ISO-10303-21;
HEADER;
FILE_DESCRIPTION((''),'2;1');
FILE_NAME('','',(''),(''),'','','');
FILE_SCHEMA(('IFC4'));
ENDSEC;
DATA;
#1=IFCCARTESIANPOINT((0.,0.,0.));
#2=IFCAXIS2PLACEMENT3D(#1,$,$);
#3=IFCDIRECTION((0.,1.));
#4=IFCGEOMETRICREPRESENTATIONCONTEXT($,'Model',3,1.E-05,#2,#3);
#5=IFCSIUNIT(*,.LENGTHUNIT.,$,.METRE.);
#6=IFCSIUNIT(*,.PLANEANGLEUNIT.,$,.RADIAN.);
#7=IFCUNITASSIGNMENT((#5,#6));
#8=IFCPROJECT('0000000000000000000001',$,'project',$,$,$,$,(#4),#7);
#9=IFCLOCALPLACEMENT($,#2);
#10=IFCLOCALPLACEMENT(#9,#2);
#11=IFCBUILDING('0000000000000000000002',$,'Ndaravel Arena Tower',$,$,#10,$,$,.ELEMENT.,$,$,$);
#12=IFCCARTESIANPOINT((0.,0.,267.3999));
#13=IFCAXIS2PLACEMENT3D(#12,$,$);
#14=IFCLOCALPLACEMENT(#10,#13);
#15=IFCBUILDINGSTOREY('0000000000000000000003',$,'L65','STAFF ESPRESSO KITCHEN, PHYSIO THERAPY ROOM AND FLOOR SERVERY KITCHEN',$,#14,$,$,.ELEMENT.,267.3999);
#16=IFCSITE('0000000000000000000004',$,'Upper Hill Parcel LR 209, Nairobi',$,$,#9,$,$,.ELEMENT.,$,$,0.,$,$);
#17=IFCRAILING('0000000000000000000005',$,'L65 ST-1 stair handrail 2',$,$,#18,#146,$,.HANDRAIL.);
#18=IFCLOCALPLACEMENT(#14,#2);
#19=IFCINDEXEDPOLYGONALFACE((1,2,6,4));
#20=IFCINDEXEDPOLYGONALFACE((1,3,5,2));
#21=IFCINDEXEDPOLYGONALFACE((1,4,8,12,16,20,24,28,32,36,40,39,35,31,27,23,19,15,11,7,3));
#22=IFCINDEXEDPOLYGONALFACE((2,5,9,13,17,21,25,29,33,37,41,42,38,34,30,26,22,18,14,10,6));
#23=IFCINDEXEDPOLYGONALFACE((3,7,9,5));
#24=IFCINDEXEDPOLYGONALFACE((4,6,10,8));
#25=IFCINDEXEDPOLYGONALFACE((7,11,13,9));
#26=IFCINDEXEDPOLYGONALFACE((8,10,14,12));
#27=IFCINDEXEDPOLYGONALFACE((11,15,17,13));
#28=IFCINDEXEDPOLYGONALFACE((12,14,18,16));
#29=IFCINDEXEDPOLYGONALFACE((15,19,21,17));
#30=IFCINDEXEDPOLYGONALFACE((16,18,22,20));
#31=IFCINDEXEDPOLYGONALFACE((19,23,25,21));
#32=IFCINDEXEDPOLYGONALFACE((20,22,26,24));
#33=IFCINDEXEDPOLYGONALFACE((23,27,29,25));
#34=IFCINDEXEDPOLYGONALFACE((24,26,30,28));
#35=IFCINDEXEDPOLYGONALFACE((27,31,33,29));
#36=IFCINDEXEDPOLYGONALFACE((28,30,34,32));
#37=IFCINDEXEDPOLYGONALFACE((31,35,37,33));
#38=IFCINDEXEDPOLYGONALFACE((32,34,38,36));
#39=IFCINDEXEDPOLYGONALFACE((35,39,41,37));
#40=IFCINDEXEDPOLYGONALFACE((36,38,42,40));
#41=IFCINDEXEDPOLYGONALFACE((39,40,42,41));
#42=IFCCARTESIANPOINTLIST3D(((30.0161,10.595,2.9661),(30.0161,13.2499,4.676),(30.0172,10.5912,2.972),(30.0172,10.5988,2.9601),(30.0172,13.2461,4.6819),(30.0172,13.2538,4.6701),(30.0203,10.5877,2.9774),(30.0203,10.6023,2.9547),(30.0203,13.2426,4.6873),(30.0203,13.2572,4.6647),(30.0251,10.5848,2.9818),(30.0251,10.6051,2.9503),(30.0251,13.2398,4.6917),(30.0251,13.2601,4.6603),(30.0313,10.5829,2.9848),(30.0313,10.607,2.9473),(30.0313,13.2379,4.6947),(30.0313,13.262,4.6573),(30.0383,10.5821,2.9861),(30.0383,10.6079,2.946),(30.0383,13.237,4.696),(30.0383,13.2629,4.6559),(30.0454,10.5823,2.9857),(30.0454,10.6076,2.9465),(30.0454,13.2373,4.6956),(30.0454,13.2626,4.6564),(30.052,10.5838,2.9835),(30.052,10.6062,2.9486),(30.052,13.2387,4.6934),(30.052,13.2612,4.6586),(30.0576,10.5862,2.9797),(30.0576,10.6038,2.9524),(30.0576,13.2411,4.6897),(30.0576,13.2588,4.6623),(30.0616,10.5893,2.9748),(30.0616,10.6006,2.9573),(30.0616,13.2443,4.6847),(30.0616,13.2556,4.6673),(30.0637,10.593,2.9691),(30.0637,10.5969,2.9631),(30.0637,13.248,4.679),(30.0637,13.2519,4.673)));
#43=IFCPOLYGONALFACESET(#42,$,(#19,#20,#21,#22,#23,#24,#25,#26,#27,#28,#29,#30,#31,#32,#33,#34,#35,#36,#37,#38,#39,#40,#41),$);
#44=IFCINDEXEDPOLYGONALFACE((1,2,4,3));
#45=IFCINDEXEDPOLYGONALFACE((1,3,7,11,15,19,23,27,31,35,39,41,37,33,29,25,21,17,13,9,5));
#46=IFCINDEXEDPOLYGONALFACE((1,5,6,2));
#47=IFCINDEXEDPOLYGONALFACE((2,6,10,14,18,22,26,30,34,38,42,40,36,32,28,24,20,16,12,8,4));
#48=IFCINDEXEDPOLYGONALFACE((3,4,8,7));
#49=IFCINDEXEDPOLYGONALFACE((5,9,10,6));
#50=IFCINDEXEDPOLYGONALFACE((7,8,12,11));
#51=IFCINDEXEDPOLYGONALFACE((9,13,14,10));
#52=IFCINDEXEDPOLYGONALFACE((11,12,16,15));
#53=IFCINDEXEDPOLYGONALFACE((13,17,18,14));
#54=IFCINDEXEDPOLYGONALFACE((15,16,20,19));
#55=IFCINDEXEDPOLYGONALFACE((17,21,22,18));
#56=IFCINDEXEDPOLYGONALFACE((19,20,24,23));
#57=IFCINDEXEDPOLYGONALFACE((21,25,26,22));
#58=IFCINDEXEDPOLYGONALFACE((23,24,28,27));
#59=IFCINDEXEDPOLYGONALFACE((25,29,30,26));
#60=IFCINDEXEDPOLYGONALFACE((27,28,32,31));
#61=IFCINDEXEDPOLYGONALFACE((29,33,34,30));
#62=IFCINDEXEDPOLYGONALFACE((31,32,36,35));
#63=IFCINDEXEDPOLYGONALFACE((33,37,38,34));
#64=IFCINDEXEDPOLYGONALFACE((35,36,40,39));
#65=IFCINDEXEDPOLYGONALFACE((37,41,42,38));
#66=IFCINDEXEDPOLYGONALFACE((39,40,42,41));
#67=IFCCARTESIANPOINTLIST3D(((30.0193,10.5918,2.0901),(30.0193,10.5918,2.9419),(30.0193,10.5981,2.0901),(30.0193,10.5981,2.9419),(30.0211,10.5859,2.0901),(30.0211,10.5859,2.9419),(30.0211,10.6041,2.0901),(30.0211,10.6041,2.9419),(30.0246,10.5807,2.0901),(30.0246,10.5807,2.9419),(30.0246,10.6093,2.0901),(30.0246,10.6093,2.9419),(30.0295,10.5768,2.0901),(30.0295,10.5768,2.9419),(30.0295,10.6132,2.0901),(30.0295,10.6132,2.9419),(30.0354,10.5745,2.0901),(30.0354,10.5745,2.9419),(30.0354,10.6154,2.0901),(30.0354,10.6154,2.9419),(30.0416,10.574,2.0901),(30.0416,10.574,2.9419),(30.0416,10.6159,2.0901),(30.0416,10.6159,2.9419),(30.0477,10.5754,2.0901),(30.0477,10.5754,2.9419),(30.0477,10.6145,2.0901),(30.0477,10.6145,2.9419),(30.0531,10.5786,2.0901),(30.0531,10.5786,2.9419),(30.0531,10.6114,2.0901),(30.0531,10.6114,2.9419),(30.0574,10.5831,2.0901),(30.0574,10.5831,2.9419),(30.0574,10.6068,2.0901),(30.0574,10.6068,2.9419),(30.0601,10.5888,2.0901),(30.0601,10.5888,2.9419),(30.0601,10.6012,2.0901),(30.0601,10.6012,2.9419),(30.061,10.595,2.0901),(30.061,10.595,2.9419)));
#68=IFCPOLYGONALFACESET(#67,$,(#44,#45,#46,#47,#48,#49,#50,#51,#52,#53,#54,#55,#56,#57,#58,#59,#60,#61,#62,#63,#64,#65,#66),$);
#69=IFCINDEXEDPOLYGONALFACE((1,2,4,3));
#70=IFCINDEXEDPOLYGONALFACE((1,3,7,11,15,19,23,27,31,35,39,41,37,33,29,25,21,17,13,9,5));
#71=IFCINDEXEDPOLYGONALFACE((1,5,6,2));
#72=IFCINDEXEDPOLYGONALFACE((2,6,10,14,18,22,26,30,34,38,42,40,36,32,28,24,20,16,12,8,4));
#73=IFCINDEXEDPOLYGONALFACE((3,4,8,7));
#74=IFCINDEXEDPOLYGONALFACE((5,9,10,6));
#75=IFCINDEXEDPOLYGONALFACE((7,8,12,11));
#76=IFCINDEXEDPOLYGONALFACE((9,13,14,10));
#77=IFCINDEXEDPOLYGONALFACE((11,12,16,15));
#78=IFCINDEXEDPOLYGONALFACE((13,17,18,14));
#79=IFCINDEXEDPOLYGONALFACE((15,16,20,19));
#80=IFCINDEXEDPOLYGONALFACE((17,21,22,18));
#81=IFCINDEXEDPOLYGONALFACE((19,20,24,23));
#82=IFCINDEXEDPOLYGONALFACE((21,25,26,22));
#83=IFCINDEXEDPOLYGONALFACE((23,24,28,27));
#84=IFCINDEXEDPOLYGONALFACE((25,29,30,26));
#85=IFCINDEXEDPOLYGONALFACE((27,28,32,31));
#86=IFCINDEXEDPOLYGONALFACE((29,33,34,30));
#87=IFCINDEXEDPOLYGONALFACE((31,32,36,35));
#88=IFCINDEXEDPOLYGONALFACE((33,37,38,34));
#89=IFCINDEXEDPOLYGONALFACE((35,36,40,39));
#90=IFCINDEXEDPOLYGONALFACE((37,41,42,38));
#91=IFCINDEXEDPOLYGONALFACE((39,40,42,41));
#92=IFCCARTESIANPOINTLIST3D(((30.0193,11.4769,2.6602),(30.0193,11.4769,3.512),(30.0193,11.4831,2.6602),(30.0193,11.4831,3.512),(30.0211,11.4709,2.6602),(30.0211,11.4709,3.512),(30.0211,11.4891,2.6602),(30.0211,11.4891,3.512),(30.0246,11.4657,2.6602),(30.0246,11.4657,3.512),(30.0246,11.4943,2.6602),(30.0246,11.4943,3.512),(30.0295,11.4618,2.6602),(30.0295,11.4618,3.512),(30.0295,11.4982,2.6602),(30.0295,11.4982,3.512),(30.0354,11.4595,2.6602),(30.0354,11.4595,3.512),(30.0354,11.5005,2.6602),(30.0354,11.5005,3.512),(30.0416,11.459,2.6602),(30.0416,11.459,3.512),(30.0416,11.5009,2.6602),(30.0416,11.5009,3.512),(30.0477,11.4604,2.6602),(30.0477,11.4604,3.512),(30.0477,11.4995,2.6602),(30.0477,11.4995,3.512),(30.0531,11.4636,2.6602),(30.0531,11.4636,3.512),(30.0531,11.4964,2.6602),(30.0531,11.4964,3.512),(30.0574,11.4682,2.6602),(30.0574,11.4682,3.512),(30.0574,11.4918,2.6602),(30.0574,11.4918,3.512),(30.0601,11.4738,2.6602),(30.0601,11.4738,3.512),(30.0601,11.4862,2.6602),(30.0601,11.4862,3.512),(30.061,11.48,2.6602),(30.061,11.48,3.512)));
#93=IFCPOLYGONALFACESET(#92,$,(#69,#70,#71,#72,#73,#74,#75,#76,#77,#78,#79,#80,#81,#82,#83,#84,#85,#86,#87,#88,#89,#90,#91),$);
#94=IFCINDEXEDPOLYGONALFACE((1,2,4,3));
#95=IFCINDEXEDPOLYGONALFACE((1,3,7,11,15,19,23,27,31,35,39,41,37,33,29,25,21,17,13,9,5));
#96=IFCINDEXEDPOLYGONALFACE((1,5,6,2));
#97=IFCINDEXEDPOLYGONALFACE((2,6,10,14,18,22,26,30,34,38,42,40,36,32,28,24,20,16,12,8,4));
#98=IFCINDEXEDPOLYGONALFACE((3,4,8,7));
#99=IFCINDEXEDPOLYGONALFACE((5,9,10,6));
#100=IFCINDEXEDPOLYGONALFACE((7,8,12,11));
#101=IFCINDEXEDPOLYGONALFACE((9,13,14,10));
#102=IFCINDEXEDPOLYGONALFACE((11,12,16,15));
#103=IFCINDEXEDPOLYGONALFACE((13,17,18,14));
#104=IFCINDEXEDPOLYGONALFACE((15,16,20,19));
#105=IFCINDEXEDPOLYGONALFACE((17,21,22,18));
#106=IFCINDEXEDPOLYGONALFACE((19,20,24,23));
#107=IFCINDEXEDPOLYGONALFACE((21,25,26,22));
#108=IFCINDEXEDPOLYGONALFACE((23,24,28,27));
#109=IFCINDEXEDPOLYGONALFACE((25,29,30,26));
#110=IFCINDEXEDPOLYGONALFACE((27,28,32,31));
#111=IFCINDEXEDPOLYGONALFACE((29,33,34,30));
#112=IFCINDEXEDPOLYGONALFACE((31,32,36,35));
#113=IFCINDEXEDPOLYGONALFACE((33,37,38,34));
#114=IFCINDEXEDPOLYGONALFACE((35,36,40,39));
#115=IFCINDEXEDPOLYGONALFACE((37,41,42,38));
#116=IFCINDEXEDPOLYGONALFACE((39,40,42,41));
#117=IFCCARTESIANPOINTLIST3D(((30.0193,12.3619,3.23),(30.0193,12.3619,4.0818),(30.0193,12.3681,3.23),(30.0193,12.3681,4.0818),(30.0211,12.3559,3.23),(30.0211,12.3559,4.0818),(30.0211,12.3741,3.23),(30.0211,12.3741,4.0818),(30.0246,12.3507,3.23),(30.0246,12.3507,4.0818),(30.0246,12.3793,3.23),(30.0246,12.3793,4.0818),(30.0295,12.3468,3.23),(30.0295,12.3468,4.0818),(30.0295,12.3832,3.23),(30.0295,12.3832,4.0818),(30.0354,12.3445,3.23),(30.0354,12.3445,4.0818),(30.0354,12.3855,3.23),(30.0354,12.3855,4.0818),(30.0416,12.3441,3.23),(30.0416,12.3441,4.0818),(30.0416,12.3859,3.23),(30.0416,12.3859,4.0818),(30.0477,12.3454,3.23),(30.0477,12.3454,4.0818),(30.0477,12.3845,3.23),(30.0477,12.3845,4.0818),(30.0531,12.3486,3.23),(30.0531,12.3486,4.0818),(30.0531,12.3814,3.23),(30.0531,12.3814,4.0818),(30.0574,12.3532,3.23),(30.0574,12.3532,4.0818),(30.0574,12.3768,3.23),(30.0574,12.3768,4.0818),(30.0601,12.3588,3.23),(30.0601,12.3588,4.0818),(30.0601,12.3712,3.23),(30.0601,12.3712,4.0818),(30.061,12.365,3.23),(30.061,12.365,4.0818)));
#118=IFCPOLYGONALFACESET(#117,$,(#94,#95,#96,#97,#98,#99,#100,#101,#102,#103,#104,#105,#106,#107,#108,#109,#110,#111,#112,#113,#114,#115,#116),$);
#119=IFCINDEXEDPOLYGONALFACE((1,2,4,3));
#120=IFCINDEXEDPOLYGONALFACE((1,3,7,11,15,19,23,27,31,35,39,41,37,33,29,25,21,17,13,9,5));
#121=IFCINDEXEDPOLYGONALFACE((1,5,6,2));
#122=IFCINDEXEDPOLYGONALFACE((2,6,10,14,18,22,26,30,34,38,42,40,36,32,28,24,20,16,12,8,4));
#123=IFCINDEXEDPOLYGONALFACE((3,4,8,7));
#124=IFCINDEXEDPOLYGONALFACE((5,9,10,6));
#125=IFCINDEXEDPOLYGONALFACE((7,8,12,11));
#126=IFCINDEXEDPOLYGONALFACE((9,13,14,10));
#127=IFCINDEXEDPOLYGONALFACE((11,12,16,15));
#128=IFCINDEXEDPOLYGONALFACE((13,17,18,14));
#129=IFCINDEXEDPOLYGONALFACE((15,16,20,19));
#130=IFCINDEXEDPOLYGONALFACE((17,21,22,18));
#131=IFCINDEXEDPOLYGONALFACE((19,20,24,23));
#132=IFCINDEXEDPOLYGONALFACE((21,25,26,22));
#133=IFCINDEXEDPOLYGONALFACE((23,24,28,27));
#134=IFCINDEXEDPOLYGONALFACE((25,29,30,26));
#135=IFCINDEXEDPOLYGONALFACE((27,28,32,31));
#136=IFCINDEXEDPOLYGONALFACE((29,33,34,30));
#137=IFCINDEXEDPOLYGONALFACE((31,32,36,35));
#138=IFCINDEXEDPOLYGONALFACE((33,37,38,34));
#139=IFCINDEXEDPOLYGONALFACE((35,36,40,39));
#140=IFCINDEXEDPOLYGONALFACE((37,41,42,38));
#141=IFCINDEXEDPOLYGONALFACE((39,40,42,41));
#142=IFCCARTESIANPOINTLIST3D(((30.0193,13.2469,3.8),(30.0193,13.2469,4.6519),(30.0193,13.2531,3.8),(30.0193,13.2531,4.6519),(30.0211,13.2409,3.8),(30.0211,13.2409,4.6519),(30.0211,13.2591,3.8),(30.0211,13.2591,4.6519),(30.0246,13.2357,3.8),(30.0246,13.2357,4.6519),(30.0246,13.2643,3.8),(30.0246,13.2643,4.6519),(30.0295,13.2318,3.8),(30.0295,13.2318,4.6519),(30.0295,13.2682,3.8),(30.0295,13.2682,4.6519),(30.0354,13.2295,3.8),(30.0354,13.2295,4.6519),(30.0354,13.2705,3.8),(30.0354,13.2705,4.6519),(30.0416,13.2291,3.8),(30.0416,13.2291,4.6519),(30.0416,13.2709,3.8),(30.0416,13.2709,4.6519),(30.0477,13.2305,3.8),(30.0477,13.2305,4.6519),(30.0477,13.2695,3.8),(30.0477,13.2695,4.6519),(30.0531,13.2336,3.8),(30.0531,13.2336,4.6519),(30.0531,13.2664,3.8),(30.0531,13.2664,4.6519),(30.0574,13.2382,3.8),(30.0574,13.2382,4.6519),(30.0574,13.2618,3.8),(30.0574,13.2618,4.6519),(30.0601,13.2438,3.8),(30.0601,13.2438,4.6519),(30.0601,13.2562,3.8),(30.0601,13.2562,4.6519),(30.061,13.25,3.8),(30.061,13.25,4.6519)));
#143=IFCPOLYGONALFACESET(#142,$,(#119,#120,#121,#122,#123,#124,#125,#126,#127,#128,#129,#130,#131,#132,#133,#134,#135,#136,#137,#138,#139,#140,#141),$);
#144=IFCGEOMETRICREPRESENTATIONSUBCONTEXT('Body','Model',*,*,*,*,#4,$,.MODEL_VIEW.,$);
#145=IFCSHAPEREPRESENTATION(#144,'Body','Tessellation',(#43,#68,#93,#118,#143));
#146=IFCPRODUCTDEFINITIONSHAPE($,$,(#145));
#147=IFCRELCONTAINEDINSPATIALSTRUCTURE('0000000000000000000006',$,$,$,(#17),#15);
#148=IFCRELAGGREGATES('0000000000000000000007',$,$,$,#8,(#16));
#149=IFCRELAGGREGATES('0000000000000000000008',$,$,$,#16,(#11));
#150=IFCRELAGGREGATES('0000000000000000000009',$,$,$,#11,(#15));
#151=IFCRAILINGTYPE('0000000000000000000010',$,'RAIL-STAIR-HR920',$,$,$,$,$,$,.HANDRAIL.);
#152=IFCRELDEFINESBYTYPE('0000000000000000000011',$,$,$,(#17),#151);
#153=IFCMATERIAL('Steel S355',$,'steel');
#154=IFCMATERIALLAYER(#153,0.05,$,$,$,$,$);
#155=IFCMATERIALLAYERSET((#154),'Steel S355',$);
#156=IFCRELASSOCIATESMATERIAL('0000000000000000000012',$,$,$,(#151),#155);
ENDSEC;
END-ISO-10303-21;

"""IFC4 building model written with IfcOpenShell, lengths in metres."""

from ifc_helpers import new_model, si_unit, direction, frame, origin, origin_2d, place, context, subcontext, project, spatial, circle, extrude, material, layer, layer_set, type_object, element, save


model = new_model("IFC4")

# Units and contexts
model_context = context("Model", 3, precision=1e-05, world=origin(), true_north=direction((0.0, 1.0)))
body_context = subcontext(model_context, "Body", "Model", "MODEL_VIEW")
ifc_project = project(units=[si_unit("LENGTHUNIT", "METRE"), si_unit("PLANEANGLEUNIT", "RADIAN")], contexts=[model_context])

# Site, building, storey
site_placement = place(None, origin())
site = spatial("IfcSite", under=ifc_project, at=site_placement, Name="Upper Hill Parcel LR 209, Nairobi", CompositionType="ELEMENT", RefElevation=0.0)
building_placement = place(site_placement, origin())
building = spatial("IfcBuilding", under=site, at=building_placement, Name="Ndaravel Arena Tower", CompositionType="ELEMENT")
storey_placement = place(building_placement, frame((0.0, 0.0, 267.3999)))
storey = spatial("IfcBuildingStorey", under=building, at=storey_placement, Name="L65", Description="STAFF ESPRESSO KITCHEN, PHYSIO THERAPY ROOM AND FLOOR SERVERY KITCHEN", CompositionType="ELEMENT", Elevation=267.3999)

# Railing
ifc_material_1 = material(Name="Steel S355", Category="steel")
ifc_layer_1 = layer(ifc_material_1, 0.05)
ifc_layer_set_1 = layer_set([ifc_layer_1], Name="Steel S355")
railing_type_1 = type_object("IfcRailingType", Name="RAIL-STAIR-HR920", PredefinedType="HANDRAIL", material=ifc_layer_set_1)
railing_1_placement = place(storey_placement, frame((30.04, 10.595, 2.0901)))
element("IfcRailing", 1, at=railing_1_placement, inside=storey, type_object=railing_type_1, Name="L65 ST-1 stair handrail 2", PredefinedType="HANDRAIL", context=body_context, shape_type="SweptSolid", body=[
    extrude(circle(Radius=0.0239, at=origin_2d()), frame((0.0, 0.0, 0.876), z_axis=(0.0, 0.840724, 0.541465), x_axis=(-1.0, 0.0, 0.0)), (0.0, 0.0, 1.0), 3.158),
    extrude(circle(Radius=0.021, at=origin_2d()), origin(), (0.0, 0.0, 1.0), 0.8518),
    extrude(circle(Radius=0.021, at=origin_2d()), frame((0.0, 0.885, 0.5701)), (0.0, 0.0, 1.0), 0.8518),
    extrude(circle(Radius=0.021, at=origin_2d()), frame((0.0, 1.77, 1.1399)), (0.0, 0.0, 1.0), 0.8518),
    extrude(circle(Radius=0.021, at=origin_2d()), frame((0.0, 2.655, 1.71)), (0.0, 0.0, 1.0), 0.8518),
])

save(model, "model.ifc")
